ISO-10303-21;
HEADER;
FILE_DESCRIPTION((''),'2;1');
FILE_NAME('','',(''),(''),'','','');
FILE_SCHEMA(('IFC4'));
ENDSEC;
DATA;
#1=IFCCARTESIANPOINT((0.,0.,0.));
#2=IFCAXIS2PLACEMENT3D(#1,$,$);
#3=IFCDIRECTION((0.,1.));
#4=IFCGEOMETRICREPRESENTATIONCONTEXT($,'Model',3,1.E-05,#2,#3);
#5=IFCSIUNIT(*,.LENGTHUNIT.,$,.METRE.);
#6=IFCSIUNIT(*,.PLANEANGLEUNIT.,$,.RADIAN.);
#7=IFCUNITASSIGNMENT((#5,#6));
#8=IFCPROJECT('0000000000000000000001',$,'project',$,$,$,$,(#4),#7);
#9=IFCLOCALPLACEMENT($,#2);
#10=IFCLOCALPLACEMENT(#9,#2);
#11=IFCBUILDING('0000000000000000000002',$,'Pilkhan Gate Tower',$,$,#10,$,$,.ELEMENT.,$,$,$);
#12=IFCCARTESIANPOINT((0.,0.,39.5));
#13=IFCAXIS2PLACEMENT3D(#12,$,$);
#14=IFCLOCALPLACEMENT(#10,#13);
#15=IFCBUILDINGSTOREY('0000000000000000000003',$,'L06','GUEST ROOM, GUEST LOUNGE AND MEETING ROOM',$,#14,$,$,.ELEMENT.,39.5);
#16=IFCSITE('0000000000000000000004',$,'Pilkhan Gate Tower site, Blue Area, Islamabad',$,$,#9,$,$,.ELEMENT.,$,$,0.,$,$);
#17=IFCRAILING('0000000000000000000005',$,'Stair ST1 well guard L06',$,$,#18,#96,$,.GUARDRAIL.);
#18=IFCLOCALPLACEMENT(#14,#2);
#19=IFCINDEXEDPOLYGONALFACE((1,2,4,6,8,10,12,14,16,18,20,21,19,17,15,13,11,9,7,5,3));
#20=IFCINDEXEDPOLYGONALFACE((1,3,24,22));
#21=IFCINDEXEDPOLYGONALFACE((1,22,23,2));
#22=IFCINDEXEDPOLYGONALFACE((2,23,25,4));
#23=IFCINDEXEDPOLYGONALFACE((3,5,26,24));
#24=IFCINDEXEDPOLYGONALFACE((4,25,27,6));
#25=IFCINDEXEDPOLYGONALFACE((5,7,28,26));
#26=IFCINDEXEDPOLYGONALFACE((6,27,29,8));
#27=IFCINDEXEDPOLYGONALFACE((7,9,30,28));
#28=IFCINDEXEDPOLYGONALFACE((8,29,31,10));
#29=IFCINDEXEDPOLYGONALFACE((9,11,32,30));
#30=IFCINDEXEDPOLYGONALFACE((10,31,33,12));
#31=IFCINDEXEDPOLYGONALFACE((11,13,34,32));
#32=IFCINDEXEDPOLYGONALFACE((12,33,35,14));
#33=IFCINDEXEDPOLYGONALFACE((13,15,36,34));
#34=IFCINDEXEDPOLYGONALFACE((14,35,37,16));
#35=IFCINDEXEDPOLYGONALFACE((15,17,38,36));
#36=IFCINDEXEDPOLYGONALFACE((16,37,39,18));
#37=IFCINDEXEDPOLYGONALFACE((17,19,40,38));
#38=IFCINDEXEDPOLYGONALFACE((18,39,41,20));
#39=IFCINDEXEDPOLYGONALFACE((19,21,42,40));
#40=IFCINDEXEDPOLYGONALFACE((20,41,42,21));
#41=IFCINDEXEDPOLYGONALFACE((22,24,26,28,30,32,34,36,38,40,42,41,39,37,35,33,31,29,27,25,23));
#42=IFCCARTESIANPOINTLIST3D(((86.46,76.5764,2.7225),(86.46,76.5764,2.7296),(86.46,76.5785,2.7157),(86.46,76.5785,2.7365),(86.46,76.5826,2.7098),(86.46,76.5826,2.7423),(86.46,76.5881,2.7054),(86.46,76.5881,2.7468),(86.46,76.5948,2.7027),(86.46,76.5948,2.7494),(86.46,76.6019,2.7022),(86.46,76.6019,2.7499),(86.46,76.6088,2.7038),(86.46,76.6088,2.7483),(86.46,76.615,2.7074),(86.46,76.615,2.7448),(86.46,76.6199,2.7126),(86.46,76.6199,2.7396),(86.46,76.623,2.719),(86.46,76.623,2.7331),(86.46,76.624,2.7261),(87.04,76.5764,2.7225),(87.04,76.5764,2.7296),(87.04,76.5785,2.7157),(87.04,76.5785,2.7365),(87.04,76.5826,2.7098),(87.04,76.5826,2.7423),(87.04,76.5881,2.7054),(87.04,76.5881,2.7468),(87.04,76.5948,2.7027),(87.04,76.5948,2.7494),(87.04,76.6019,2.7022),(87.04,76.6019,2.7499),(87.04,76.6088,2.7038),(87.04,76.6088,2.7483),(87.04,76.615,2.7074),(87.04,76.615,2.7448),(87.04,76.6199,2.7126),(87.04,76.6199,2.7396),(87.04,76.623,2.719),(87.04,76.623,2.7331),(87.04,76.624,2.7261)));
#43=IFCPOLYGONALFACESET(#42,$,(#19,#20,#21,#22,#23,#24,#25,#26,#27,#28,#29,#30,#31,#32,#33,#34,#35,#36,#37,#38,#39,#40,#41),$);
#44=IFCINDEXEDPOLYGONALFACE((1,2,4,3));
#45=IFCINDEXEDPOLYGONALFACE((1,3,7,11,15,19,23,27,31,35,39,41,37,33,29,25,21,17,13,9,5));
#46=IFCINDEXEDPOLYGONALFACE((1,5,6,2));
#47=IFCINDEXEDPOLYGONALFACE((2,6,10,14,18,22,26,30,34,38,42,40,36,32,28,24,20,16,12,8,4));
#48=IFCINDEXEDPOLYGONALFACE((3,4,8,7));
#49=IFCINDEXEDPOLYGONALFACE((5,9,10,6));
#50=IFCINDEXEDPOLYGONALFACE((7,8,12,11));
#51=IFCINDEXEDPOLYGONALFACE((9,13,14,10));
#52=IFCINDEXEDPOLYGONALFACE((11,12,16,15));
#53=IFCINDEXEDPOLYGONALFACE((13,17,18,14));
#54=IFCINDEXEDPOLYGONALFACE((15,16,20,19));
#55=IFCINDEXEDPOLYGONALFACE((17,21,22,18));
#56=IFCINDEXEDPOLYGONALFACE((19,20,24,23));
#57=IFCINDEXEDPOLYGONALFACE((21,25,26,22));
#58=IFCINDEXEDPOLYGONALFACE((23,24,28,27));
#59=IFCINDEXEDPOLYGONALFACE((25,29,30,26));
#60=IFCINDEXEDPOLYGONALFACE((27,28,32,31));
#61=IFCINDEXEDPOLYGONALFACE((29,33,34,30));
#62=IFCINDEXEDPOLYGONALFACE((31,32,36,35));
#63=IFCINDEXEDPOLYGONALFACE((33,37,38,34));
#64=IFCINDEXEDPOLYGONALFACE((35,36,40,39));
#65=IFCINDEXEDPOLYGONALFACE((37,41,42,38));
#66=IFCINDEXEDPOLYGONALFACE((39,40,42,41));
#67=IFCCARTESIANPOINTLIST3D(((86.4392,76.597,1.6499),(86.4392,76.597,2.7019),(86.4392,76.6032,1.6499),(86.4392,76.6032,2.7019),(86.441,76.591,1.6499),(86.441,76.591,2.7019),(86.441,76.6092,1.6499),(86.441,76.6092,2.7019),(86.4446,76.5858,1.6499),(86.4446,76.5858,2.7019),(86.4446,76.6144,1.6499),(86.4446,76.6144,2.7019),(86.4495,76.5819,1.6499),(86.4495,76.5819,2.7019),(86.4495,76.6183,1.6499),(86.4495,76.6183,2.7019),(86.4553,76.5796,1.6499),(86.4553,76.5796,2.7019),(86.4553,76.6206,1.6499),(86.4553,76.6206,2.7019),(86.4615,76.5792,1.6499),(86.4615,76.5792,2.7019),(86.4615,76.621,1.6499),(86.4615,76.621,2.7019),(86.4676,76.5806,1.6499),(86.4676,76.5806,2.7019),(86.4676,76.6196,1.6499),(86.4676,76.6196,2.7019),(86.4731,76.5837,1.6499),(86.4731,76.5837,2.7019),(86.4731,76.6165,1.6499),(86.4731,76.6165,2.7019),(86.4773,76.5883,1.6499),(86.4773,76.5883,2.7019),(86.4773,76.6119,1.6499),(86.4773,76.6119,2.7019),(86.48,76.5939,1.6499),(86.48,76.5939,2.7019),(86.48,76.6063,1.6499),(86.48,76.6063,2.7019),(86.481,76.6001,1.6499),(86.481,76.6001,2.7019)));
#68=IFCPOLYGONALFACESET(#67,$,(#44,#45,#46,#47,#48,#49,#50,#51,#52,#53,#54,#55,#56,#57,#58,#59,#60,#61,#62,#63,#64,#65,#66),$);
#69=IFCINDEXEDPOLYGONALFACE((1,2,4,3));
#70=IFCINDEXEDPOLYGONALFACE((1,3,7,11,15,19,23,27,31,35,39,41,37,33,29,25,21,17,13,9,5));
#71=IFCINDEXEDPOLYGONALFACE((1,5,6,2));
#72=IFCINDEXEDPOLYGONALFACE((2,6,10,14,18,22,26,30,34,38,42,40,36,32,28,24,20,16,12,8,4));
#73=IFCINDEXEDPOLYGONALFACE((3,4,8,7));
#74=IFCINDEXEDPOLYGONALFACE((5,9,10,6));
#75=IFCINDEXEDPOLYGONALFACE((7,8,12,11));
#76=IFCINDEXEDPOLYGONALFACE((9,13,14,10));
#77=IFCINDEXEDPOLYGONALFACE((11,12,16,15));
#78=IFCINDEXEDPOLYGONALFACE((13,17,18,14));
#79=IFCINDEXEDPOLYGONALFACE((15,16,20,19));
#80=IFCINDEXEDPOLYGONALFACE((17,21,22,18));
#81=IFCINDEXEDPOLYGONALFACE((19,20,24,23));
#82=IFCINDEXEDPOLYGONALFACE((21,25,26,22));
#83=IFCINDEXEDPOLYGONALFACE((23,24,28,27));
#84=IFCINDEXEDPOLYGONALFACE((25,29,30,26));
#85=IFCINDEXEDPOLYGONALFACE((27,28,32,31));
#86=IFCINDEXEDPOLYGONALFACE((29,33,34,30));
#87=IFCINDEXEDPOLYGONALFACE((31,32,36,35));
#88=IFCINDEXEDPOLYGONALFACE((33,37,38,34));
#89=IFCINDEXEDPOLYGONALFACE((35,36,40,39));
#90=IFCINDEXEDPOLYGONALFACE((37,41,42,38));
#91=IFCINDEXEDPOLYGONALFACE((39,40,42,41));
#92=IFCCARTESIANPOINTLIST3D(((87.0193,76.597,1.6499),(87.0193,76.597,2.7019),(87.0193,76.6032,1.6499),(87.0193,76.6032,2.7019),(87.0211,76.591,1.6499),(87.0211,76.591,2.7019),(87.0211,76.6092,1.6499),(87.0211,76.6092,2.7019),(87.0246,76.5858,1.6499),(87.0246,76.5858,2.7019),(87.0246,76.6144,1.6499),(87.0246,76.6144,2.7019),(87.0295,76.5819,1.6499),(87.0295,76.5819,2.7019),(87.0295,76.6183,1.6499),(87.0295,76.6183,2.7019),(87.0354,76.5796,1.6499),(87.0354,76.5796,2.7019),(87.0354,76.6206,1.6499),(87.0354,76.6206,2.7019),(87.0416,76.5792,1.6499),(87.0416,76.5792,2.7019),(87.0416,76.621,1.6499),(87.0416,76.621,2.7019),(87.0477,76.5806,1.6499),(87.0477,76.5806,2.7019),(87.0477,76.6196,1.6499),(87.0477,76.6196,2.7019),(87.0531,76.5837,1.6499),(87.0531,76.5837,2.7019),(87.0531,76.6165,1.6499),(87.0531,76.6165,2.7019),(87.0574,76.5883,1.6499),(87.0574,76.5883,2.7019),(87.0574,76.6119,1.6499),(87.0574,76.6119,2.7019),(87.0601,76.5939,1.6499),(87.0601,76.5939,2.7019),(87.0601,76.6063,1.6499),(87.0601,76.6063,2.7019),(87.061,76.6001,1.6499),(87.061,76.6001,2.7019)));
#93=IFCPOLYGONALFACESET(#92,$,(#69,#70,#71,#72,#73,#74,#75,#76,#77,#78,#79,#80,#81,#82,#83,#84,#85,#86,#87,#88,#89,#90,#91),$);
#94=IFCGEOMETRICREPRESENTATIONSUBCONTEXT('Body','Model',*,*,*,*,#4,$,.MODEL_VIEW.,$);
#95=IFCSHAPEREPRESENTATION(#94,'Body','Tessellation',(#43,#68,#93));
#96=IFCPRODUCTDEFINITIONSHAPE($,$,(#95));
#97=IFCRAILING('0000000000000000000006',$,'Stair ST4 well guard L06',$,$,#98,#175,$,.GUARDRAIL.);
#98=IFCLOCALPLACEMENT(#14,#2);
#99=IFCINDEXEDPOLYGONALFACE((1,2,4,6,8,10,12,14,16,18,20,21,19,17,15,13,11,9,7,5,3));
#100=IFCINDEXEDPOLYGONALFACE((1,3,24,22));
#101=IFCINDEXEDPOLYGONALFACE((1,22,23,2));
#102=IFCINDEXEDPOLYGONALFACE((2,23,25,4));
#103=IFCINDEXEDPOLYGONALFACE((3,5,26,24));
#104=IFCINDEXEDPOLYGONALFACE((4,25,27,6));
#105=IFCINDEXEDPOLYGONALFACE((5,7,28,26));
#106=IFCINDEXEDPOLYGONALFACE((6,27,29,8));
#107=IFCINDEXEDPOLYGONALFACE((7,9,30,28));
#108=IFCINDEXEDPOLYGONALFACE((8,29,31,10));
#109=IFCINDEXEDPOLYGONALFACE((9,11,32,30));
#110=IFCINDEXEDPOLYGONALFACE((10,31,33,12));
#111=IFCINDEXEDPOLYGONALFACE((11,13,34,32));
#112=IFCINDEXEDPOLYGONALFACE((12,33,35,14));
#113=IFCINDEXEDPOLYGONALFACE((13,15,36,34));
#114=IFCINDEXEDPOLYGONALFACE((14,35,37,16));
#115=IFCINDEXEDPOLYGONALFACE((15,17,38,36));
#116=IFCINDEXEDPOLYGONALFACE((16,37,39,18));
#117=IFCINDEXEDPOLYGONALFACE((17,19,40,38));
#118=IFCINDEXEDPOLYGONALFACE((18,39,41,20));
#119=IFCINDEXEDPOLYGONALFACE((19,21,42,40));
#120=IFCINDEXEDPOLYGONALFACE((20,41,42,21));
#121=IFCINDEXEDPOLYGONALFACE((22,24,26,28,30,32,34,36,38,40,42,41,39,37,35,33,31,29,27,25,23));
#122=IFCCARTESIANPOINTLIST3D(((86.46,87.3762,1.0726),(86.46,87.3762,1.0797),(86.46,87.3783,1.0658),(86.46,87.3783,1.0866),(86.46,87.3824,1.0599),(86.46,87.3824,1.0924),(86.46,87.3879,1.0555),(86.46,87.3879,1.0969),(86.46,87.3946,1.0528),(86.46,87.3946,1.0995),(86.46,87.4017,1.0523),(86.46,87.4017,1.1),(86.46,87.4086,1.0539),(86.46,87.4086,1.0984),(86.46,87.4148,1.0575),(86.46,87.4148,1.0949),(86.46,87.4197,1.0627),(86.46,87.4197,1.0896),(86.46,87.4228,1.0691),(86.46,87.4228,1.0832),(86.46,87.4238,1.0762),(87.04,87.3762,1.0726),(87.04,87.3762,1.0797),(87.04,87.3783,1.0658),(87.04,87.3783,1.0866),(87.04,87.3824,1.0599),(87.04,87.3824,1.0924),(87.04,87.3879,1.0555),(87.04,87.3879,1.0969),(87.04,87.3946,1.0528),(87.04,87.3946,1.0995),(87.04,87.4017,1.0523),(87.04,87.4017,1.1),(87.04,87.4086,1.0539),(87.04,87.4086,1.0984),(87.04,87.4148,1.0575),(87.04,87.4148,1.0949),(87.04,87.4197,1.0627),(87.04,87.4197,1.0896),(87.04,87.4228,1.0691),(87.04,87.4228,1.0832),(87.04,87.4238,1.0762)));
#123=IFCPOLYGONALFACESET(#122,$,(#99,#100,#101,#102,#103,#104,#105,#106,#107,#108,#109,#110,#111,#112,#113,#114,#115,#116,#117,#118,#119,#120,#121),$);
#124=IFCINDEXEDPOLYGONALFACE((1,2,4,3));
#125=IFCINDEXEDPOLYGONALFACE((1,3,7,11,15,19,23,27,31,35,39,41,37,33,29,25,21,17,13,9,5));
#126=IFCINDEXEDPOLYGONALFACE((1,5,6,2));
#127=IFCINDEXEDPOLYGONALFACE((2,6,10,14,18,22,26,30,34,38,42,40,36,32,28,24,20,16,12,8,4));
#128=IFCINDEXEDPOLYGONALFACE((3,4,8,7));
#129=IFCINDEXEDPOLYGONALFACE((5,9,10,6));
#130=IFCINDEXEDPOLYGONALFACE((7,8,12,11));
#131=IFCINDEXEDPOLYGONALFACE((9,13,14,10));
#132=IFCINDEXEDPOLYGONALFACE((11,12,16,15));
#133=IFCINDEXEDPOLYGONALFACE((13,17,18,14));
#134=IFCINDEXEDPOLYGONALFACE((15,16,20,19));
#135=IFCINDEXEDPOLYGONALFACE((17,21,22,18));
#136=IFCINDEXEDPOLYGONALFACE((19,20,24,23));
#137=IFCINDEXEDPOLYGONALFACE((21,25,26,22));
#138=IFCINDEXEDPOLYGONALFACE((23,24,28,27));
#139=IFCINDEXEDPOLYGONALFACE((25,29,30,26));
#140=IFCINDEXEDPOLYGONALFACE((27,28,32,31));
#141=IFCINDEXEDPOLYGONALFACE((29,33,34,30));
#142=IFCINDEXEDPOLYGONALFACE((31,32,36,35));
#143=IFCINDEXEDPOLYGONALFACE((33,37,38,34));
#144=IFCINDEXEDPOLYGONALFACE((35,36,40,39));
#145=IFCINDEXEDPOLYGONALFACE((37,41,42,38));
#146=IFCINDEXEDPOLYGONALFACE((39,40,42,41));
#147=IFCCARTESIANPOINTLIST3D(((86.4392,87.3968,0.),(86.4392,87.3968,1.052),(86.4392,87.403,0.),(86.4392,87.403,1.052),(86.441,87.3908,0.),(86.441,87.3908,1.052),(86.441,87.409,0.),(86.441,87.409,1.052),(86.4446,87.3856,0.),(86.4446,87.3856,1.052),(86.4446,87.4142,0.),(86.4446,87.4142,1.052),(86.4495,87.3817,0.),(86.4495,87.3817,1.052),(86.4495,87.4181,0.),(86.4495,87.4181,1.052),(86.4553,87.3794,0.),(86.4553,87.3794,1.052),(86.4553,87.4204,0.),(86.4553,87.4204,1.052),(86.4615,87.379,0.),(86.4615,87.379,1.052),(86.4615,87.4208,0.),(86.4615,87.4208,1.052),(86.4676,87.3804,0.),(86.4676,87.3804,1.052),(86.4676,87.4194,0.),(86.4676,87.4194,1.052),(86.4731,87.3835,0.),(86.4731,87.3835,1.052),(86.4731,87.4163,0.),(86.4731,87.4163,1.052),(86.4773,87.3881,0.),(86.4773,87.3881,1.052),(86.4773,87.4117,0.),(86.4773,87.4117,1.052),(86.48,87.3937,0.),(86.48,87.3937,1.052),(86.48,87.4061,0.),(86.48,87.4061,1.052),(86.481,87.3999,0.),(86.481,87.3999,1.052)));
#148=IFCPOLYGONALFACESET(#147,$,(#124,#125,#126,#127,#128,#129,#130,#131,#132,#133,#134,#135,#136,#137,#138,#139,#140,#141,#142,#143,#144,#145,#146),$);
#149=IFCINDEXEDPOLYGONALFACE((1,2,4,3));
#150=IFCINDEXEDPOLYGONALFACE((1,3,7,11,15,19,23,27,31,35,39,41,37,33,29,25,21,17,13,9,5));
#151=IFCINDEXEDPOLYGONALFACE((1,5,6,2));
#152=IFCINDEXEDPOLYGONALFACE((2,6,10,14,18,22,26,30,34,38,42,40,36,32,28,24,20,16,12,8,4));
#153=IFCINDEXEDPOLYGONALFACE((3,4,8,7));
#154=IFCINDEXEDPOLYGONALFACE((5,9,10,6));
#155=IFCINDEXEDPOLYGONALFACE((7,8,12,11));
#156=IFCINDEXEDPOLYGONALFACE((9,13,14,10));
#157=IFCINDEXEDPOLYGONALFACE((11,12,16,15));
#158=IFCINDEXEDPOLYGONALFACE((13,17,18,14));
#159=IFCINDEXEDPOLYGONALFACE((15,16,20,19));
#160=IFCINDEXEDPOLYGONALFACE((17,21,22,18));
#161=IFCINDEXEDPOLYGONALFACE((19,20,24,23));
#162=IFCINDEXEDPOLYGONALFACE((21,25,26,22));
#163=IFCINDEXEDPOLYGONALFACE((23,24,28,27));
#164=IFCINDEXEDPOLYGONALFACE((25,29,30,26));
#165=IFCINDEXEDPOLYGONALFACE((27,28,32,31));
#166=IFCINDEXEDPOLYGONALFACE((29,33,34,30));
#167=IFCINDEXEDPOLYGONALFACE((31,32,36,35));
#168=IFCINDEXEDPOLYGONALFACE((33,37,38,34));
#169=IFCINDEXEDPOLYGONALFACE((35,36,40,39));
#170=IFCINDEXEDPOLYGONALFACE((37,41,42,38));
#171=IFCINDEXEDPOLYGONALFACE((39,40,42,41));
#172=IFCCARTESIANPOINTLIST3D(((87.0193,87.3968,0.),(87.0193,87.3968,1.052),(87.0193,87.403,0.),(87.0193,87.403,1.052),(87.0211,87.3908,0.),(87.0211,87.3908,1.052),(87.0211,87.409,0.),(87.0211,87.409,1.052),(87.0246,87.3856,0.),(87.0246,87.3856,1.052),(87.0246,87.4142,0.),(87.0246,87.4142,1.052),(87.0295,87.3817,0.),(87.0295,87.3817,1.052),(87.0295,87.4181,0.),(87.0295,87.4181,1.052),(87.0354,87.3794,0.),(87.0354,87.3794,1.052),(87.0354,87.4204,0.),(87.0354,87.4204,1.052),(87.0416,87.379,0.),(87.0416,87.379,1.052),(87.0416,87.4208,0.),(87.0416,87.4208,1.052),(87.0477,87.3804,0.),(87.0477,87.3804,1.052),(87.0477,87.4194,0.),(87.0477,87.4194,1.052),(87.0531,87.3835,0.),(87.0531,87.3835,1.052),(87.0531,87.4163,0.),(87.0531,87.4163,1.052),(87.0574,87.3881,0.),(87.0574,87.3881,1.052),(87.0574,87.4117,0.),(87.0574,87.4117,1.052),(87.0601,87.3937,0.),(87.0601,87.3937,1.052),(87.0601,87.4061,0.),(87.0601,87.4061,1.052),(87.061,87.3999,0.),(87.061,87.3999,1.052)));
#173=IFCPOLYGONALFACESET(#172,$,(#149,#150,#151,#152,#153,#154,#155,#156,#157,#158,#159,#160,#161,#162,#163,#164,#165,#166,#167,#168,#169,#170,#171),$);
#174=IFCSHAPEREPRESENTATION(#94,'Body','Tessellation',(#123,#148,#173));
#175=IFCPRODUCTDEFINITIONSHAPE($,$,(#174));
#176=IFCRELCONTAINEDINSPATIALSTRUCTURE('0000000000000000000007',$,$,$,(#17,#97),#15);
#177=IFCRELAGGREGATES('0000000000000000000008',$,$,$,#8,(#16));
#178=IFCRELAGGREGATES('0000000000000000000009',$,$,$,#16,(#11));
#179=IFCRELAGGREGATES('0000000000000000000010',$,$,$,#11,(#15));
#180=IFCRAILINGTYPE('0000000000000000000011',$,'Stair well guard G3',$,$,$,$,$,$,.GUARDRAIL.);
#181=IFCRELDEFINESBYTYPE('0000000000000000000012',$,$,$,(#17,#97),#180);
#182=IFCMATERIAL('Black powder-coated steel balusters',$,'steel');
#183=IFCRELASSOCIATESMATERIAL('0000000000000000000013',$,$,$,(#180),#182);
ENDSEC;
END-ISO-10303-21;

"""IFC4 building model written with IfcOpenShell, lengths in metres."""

from ifc_helpers import new_model, si_unit, direction, frame, origin, origin_2d, place, context, subcontext, project, spatial, circle, extrude, material, type_object, element, save


model = new_model("IFC4")

# Units and contexts
model_context = context("Model", 3, precision=1e-05, world=origin(), true_north=direction((0.0, 1.0)))
body_context = subcontext(model_context, "Body", "Model", "MODEL_VIEW")
ifc_project = project(units=[si_unit("LENGTHUNIT", "METRE"), si_unit("PLANEANGLEUNIT", "RADIAN")], contexts=[model_context])

# Site, building, storey
site_placement = place(None, origin())
site = spatial("IfcSite", under=ifc_project, at=site_placement, Name="Pilkhan Gate Tower site, Blue Area, Islamabad", CompositionType="ELEMENT", RefElevation=0.0)
building_placement = place(site_placement, origin())
building = spatial("IfcBuilding", under=site, at=building_placement, Name="Pilkhan Gate Tower", CompositionType="ELEMENT")
storey_placement = place(building_placement, frame((0.0, 0.0, 39.5)))
storey = spatial("IfcBuildingStorey", under=building, at=storey_placement, Name="L06", Description="GUEST ROOM, GUEST LOUNGE AND MEETING ROOM", CompositionType="ELEMENT", Elevation=39.5)

# Railings
ifc_material_1 = material(Name="Black powder-coated steel balusters", Category="steel")
railing_type_1 = type_object("IfcRailingType", Name="Stair well guard G3", PredefinedType="GUARDRAIL", material=ifc_material_1)
for number, where, name in (
    (1, (86.46, 76.6001, 1.6499), "Stair ST1 well guard L06"),
    (2, (86.46, 87.3999, 0.0), "Stair ST4 well guard L06"),
):
    element("IfcRailing", number, at=place(storey_placement, frame(where)), inside=storey, type_object=railing_type_1, Name=name, PredefinedType="GUARDRAIL", context=body_context, shape_type="SweptSolid", body=[
        extrude(circle(Radius=0.0239, at=origin_2d()), frame((0.0, 0.0, 1.0762), z_axis=(1.0, 0.0, 0.0), x_axis=(0.0, 1.0, 0.0)), (0.0, 0.0, 1.0), 0.5801),
        extrude(circle(Radius=0.021, at=origin_2d()), origin(), (0.0, 0.0, 1.0), 1.052),
        extrude(circle(Radius=0.021, at=origin_2d()), frame((0.5801, 0.0, 0.0)), (0.0, 0.0, 1.0), 1.052),
    ])

save(model, "model.ifc")
